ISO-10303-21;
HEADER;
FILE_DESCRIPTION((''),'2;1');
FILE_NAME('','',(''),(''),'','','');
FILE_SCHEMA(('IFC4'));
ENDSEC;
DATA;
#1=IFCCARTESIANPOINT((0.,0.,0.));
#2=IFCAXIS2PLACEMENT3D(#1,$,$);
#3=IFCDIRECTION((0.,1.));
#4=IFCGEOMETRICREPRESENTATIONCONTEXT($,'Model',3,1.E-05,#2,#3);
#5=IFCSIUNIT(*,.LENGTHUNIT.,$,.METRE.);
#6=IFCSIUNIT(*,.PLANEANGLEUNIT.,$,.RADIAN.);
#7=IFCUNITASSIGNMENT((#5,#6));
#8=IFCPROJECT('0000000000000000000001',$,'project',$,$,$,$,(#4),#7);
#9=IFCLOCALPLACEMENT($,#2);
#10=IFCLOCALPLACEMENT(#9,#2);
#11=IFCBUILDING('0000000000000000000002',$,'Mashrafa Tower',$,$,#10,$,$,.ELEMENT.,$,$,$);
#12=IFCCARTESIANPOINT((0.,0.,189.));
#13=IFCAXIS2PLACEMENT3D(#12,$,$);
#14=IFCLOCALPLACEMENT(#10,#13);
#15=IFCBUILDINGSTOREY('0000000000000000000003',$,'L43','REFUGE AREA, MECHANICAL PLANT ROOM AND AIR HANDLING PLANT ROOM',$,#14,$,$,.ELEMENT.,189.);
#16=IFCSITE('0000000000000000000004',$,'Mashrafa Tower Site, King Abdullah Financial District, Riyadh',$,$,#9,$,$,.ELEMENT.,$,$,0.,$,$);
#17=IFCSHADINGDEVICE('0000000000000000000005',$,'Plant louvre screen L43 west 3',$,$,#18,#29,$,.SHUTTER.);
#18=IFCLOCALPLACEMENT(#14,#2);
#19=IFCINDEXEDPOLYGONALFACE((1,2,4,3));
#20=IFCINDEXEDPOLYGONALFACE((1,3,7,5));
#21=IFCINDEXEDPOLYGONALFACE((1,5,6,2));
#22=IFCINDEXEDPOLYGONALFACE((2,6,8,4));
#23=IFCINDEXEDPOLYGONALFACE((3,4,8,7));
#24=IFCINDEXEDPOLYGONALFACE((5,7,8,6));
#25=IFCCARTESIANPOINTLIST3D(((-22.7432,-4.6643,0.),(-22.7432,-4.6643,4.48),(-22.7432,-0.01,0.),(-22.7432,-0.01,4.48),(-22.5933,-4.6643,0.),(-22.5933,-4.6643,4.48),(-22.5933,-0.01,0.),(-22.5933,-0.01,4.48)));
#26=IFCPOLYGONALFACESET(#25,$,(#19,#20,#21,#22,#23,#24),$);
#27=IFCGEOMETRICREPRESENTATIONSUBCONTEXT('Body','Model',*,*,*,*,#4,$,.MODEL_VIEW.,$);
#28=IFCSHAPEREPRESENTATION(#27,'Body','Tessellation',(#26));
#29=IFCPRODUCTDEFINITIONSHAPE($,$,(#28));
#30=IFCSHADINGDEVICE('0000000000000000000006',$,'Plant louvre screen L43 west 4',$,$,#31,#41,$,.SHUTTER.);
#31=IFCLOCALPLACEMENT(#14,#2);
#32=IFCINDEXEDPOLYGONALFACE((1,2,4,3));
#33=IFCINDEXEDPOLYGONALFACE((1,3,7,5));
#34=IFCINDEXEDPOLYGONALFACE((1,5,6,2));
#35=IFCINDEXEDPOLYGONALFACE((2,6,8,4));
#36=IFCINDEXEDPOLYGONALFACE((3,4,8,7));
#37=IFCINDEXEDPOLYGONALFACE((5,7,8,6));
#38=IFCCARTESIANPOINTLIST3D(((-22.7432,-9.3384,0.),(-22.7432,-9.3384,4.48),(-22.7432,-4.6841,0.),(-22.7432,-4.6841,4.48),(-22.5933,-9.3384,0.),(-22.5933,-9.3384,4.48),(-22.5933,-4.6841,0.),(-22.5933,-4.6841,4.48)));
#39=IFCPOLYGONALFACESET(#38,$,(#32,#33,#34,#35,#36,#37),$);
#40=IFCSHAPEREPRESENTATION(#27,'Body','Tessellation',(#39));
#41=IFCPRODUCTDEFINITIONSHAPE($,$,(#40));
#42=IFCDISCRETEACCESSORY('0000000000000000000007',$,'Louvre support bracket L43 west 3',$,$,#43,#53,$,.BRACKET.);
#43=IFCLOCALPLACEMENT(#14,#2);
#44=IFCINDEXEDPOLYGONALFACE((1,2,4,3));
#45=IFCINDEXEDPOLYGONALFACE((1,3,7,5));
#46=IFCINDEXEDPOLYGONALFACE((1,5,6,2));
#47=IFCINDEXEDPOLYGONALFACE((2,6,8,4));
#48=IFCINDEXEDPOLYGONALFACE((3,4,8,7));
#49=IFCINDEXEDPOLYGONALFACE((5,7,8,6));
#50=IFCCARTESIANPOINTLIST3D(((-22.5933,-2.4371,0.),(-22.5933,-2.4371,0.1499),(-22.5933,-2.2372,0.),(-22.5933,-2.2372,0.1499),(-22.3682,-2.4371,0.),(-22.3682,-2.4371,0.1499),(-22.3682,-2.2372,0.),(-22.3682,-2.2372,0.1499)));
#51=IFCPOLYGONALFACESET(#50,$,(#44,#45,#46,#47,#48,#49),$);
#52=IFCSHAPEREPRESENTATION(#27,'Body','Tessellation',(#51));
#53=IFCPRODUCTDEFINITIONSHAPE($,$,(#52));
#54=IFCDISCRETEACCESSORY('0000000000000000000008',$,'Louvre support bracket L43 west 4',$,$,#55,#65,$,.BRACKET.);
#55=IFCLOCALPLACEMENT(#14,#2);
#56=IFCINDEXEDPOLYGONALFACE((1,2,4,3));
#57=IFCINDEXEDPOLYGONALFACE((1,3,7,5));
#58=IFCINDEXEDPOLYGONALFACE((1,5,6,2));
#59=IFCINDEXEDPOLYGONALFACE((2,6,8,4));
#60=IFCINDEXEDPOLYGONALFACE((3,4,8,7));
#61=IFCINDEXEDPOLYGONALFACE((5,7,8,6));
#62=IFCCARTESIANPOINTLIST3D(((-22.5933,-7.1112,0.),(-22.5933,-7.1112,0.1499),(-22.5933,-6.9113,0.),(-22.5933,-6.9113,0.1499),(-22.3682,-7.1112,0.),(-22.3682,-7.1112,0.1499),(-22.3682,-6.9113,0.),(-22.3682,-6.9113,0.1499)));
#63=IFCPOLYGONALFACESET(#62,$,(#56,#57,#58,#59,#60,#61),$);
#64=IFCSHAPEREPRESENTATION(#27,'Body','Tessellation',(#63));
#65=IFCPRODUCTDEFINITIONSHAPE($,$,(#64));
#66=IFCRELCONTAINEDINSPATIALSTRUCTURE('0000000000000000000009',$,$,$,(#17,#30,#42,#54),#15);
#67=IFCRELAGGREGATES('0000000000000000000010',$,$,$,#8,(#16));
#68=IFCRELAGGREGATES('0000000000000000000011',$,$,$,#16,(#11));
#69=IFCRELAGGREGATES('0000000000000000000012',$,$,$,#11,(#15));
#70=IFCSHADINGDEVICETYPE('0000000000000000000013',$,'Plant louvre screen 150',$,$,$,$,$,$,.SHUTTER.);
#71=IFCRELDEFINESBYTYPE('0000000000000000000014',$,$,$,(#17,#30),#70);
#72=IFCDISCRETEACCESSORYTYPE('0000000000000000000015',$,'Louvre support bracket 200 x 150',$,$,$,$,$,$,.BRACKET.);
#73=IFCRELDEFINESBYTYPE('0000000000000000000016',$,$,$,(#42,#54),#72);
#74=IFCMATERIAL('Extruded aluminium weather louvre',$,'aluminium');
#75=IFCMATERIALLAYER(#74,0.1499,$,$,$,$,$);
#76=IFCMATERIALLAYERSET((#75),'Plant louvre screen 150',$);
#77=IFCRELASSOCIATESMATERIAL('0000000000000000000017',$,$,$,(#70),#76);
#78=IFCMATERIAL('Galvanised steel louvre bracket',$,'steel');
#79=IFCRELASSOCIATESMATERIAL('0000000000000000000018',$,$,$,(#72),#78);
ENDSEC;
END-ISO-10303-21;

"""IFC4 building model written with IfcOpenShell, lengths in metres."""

from ifc_helpers import new_model, si_unit, direction, frame, origin, origin_2d, place, context, subcontext, project, spatial, rectangle, extrude, source, transform, mapped, material, layer, layer_set, type_object, type_shapes, element, save


model = new_model("IFC4")

# Units and contexts
model_context = context("Model", 3, precision=1e-05, world=origin(), true_north=direction((0.0, 1.0)))
body_context = subcontext(model_context, "Body", "Model", "MODEL_VIEW")
ifc_project = project(units=[si_unit("LENGTHUNIT", "METRE"), si_unit("PLANEANGLEUNIT", "RADIAN")], contexts=[model_context])

# Site, building, storey
site_placement = place(None, origin())
site = spatial("IfcSite", under=ifc_project, at=site_placement, Name="Mashrafa Tower Site, King Abdullah Financial District, Riyadh", CompositionType="ELEMENT", RefElevation=0.0)
building_placement = place(site_placement, origin())
building = spatial("IfcBuilding", under=site, at=building_placement, Name="Mashrafa Tower", CompositionType="ELEMENT")
storey_placement = place(building_placement, frame((0.0, 0.0, 189.0)))
storey = spatial("IfcBuildingStorey", under=building, at=storey_placement, Name="L43", Description="REFUGE AREA, MECHANICAL PLANT ROOM AND AIR HANDLING PLANT ROOM", CompositionType="ELEMENT", Elevation=189.0)

# Shading devices
ifc_material_1 = material(Name="Extruded aluminium weather louvre", Category="aluminium")
ifc_layer_1 = layer(ifc_material_1, 0.1499)
ifc_layer_set_1 = layer_set([ifc_layer_1], Name="Plant louvre screen 150")
shading_device_type = type_object("IfcShadingDeviceType", Name="Plant louvre screen 150", PredefinedType="SHUTTER", material=ifc_layer_set_1)
shared_shape_1 = source(origin(), body_context, "Body", "SweptSolid", [
    extrude(rectangle(XDim=4.6543, YDim=0.1499, at=origin_2d()), origin(), (0.0, 0.0, 1.0), 4.48),
])
type_shapes(shading_device_type, [shared_shape_1])
for number, where, z_axis, x_axis, name in (
    (1, (-22.6682, -2.3372, 0.0), (0.0, 0.0, 1.0), (0.0, -1.0, 0.0), "Plant louvre screen L43 west 3"),
    (2, (-22.6682, -7.0112, 0.0), (0.0, 0.0, 1.0), (0.0, -1.0, 0.0), "Plant louvre screen L43 west 4"),
):
    element("IfcShadingDevice", number, at=place(storey_placement, frame(where, z_axis=z_axis, x_axis=x_axis)), inside=storey, type_object=shading_device_type, Name=name, PredefinedType="SHUTTER", context=body_context, shape_type="MappedRepresentation", body=[
        mapped(shared_shape_1, transform((0.0, 0.0, 0.0))),
    ])

# Discrete accessories
ifc_material_2 = material(Name="Galvanised steel louvre bracket", Category="steel")
discrete_accessory_type = type_object("IfcDiscreteAccessoryType", Name="Louvre support bracket 200 x 150", PredefinedType="BRACKET", material=ifc_material_2)
shared_shape_2 = source(origin(), body_context, "Body", "SweptSolid", [
    extrude(rectangle(XDim=0.2, YDim=0.2251, at=origin_2d()), origin(), (0.0, 0.0, 1.0), 0.1499),
])
type_shapes(discrete_accessory_type, [shared_shape_2])
for number, where, z_axis, x_axis, name in (
    (3, (-22.4807, -2.3372, 0.0), (0.0, 0.0, 1.0), (0.0, -1.0, 0.0), "Louvre support bracket L43 west 3"),
    (4, (-22.4807, -7.0112, 0.0), (0.0, 0.0, 1.0), (0.0, -1.0, 0.0), "Louvre support bracket L43 west 4"),
):
    element("IfcDiscreteAccessory", number, at=place(storey_placement, frame(where, z_axis=z_axis, x_axis=x_axis)), inside=storey, type_object=discrete_accessory_type, Name=name, PredefinedType="BRACKET", context=body_context, shape_type="MappedRepresentation", body=[
        mapped(shared_shape_2, transform((0.0, 0.0, 0.0))),
    ])

save(model, "model.ifc")
